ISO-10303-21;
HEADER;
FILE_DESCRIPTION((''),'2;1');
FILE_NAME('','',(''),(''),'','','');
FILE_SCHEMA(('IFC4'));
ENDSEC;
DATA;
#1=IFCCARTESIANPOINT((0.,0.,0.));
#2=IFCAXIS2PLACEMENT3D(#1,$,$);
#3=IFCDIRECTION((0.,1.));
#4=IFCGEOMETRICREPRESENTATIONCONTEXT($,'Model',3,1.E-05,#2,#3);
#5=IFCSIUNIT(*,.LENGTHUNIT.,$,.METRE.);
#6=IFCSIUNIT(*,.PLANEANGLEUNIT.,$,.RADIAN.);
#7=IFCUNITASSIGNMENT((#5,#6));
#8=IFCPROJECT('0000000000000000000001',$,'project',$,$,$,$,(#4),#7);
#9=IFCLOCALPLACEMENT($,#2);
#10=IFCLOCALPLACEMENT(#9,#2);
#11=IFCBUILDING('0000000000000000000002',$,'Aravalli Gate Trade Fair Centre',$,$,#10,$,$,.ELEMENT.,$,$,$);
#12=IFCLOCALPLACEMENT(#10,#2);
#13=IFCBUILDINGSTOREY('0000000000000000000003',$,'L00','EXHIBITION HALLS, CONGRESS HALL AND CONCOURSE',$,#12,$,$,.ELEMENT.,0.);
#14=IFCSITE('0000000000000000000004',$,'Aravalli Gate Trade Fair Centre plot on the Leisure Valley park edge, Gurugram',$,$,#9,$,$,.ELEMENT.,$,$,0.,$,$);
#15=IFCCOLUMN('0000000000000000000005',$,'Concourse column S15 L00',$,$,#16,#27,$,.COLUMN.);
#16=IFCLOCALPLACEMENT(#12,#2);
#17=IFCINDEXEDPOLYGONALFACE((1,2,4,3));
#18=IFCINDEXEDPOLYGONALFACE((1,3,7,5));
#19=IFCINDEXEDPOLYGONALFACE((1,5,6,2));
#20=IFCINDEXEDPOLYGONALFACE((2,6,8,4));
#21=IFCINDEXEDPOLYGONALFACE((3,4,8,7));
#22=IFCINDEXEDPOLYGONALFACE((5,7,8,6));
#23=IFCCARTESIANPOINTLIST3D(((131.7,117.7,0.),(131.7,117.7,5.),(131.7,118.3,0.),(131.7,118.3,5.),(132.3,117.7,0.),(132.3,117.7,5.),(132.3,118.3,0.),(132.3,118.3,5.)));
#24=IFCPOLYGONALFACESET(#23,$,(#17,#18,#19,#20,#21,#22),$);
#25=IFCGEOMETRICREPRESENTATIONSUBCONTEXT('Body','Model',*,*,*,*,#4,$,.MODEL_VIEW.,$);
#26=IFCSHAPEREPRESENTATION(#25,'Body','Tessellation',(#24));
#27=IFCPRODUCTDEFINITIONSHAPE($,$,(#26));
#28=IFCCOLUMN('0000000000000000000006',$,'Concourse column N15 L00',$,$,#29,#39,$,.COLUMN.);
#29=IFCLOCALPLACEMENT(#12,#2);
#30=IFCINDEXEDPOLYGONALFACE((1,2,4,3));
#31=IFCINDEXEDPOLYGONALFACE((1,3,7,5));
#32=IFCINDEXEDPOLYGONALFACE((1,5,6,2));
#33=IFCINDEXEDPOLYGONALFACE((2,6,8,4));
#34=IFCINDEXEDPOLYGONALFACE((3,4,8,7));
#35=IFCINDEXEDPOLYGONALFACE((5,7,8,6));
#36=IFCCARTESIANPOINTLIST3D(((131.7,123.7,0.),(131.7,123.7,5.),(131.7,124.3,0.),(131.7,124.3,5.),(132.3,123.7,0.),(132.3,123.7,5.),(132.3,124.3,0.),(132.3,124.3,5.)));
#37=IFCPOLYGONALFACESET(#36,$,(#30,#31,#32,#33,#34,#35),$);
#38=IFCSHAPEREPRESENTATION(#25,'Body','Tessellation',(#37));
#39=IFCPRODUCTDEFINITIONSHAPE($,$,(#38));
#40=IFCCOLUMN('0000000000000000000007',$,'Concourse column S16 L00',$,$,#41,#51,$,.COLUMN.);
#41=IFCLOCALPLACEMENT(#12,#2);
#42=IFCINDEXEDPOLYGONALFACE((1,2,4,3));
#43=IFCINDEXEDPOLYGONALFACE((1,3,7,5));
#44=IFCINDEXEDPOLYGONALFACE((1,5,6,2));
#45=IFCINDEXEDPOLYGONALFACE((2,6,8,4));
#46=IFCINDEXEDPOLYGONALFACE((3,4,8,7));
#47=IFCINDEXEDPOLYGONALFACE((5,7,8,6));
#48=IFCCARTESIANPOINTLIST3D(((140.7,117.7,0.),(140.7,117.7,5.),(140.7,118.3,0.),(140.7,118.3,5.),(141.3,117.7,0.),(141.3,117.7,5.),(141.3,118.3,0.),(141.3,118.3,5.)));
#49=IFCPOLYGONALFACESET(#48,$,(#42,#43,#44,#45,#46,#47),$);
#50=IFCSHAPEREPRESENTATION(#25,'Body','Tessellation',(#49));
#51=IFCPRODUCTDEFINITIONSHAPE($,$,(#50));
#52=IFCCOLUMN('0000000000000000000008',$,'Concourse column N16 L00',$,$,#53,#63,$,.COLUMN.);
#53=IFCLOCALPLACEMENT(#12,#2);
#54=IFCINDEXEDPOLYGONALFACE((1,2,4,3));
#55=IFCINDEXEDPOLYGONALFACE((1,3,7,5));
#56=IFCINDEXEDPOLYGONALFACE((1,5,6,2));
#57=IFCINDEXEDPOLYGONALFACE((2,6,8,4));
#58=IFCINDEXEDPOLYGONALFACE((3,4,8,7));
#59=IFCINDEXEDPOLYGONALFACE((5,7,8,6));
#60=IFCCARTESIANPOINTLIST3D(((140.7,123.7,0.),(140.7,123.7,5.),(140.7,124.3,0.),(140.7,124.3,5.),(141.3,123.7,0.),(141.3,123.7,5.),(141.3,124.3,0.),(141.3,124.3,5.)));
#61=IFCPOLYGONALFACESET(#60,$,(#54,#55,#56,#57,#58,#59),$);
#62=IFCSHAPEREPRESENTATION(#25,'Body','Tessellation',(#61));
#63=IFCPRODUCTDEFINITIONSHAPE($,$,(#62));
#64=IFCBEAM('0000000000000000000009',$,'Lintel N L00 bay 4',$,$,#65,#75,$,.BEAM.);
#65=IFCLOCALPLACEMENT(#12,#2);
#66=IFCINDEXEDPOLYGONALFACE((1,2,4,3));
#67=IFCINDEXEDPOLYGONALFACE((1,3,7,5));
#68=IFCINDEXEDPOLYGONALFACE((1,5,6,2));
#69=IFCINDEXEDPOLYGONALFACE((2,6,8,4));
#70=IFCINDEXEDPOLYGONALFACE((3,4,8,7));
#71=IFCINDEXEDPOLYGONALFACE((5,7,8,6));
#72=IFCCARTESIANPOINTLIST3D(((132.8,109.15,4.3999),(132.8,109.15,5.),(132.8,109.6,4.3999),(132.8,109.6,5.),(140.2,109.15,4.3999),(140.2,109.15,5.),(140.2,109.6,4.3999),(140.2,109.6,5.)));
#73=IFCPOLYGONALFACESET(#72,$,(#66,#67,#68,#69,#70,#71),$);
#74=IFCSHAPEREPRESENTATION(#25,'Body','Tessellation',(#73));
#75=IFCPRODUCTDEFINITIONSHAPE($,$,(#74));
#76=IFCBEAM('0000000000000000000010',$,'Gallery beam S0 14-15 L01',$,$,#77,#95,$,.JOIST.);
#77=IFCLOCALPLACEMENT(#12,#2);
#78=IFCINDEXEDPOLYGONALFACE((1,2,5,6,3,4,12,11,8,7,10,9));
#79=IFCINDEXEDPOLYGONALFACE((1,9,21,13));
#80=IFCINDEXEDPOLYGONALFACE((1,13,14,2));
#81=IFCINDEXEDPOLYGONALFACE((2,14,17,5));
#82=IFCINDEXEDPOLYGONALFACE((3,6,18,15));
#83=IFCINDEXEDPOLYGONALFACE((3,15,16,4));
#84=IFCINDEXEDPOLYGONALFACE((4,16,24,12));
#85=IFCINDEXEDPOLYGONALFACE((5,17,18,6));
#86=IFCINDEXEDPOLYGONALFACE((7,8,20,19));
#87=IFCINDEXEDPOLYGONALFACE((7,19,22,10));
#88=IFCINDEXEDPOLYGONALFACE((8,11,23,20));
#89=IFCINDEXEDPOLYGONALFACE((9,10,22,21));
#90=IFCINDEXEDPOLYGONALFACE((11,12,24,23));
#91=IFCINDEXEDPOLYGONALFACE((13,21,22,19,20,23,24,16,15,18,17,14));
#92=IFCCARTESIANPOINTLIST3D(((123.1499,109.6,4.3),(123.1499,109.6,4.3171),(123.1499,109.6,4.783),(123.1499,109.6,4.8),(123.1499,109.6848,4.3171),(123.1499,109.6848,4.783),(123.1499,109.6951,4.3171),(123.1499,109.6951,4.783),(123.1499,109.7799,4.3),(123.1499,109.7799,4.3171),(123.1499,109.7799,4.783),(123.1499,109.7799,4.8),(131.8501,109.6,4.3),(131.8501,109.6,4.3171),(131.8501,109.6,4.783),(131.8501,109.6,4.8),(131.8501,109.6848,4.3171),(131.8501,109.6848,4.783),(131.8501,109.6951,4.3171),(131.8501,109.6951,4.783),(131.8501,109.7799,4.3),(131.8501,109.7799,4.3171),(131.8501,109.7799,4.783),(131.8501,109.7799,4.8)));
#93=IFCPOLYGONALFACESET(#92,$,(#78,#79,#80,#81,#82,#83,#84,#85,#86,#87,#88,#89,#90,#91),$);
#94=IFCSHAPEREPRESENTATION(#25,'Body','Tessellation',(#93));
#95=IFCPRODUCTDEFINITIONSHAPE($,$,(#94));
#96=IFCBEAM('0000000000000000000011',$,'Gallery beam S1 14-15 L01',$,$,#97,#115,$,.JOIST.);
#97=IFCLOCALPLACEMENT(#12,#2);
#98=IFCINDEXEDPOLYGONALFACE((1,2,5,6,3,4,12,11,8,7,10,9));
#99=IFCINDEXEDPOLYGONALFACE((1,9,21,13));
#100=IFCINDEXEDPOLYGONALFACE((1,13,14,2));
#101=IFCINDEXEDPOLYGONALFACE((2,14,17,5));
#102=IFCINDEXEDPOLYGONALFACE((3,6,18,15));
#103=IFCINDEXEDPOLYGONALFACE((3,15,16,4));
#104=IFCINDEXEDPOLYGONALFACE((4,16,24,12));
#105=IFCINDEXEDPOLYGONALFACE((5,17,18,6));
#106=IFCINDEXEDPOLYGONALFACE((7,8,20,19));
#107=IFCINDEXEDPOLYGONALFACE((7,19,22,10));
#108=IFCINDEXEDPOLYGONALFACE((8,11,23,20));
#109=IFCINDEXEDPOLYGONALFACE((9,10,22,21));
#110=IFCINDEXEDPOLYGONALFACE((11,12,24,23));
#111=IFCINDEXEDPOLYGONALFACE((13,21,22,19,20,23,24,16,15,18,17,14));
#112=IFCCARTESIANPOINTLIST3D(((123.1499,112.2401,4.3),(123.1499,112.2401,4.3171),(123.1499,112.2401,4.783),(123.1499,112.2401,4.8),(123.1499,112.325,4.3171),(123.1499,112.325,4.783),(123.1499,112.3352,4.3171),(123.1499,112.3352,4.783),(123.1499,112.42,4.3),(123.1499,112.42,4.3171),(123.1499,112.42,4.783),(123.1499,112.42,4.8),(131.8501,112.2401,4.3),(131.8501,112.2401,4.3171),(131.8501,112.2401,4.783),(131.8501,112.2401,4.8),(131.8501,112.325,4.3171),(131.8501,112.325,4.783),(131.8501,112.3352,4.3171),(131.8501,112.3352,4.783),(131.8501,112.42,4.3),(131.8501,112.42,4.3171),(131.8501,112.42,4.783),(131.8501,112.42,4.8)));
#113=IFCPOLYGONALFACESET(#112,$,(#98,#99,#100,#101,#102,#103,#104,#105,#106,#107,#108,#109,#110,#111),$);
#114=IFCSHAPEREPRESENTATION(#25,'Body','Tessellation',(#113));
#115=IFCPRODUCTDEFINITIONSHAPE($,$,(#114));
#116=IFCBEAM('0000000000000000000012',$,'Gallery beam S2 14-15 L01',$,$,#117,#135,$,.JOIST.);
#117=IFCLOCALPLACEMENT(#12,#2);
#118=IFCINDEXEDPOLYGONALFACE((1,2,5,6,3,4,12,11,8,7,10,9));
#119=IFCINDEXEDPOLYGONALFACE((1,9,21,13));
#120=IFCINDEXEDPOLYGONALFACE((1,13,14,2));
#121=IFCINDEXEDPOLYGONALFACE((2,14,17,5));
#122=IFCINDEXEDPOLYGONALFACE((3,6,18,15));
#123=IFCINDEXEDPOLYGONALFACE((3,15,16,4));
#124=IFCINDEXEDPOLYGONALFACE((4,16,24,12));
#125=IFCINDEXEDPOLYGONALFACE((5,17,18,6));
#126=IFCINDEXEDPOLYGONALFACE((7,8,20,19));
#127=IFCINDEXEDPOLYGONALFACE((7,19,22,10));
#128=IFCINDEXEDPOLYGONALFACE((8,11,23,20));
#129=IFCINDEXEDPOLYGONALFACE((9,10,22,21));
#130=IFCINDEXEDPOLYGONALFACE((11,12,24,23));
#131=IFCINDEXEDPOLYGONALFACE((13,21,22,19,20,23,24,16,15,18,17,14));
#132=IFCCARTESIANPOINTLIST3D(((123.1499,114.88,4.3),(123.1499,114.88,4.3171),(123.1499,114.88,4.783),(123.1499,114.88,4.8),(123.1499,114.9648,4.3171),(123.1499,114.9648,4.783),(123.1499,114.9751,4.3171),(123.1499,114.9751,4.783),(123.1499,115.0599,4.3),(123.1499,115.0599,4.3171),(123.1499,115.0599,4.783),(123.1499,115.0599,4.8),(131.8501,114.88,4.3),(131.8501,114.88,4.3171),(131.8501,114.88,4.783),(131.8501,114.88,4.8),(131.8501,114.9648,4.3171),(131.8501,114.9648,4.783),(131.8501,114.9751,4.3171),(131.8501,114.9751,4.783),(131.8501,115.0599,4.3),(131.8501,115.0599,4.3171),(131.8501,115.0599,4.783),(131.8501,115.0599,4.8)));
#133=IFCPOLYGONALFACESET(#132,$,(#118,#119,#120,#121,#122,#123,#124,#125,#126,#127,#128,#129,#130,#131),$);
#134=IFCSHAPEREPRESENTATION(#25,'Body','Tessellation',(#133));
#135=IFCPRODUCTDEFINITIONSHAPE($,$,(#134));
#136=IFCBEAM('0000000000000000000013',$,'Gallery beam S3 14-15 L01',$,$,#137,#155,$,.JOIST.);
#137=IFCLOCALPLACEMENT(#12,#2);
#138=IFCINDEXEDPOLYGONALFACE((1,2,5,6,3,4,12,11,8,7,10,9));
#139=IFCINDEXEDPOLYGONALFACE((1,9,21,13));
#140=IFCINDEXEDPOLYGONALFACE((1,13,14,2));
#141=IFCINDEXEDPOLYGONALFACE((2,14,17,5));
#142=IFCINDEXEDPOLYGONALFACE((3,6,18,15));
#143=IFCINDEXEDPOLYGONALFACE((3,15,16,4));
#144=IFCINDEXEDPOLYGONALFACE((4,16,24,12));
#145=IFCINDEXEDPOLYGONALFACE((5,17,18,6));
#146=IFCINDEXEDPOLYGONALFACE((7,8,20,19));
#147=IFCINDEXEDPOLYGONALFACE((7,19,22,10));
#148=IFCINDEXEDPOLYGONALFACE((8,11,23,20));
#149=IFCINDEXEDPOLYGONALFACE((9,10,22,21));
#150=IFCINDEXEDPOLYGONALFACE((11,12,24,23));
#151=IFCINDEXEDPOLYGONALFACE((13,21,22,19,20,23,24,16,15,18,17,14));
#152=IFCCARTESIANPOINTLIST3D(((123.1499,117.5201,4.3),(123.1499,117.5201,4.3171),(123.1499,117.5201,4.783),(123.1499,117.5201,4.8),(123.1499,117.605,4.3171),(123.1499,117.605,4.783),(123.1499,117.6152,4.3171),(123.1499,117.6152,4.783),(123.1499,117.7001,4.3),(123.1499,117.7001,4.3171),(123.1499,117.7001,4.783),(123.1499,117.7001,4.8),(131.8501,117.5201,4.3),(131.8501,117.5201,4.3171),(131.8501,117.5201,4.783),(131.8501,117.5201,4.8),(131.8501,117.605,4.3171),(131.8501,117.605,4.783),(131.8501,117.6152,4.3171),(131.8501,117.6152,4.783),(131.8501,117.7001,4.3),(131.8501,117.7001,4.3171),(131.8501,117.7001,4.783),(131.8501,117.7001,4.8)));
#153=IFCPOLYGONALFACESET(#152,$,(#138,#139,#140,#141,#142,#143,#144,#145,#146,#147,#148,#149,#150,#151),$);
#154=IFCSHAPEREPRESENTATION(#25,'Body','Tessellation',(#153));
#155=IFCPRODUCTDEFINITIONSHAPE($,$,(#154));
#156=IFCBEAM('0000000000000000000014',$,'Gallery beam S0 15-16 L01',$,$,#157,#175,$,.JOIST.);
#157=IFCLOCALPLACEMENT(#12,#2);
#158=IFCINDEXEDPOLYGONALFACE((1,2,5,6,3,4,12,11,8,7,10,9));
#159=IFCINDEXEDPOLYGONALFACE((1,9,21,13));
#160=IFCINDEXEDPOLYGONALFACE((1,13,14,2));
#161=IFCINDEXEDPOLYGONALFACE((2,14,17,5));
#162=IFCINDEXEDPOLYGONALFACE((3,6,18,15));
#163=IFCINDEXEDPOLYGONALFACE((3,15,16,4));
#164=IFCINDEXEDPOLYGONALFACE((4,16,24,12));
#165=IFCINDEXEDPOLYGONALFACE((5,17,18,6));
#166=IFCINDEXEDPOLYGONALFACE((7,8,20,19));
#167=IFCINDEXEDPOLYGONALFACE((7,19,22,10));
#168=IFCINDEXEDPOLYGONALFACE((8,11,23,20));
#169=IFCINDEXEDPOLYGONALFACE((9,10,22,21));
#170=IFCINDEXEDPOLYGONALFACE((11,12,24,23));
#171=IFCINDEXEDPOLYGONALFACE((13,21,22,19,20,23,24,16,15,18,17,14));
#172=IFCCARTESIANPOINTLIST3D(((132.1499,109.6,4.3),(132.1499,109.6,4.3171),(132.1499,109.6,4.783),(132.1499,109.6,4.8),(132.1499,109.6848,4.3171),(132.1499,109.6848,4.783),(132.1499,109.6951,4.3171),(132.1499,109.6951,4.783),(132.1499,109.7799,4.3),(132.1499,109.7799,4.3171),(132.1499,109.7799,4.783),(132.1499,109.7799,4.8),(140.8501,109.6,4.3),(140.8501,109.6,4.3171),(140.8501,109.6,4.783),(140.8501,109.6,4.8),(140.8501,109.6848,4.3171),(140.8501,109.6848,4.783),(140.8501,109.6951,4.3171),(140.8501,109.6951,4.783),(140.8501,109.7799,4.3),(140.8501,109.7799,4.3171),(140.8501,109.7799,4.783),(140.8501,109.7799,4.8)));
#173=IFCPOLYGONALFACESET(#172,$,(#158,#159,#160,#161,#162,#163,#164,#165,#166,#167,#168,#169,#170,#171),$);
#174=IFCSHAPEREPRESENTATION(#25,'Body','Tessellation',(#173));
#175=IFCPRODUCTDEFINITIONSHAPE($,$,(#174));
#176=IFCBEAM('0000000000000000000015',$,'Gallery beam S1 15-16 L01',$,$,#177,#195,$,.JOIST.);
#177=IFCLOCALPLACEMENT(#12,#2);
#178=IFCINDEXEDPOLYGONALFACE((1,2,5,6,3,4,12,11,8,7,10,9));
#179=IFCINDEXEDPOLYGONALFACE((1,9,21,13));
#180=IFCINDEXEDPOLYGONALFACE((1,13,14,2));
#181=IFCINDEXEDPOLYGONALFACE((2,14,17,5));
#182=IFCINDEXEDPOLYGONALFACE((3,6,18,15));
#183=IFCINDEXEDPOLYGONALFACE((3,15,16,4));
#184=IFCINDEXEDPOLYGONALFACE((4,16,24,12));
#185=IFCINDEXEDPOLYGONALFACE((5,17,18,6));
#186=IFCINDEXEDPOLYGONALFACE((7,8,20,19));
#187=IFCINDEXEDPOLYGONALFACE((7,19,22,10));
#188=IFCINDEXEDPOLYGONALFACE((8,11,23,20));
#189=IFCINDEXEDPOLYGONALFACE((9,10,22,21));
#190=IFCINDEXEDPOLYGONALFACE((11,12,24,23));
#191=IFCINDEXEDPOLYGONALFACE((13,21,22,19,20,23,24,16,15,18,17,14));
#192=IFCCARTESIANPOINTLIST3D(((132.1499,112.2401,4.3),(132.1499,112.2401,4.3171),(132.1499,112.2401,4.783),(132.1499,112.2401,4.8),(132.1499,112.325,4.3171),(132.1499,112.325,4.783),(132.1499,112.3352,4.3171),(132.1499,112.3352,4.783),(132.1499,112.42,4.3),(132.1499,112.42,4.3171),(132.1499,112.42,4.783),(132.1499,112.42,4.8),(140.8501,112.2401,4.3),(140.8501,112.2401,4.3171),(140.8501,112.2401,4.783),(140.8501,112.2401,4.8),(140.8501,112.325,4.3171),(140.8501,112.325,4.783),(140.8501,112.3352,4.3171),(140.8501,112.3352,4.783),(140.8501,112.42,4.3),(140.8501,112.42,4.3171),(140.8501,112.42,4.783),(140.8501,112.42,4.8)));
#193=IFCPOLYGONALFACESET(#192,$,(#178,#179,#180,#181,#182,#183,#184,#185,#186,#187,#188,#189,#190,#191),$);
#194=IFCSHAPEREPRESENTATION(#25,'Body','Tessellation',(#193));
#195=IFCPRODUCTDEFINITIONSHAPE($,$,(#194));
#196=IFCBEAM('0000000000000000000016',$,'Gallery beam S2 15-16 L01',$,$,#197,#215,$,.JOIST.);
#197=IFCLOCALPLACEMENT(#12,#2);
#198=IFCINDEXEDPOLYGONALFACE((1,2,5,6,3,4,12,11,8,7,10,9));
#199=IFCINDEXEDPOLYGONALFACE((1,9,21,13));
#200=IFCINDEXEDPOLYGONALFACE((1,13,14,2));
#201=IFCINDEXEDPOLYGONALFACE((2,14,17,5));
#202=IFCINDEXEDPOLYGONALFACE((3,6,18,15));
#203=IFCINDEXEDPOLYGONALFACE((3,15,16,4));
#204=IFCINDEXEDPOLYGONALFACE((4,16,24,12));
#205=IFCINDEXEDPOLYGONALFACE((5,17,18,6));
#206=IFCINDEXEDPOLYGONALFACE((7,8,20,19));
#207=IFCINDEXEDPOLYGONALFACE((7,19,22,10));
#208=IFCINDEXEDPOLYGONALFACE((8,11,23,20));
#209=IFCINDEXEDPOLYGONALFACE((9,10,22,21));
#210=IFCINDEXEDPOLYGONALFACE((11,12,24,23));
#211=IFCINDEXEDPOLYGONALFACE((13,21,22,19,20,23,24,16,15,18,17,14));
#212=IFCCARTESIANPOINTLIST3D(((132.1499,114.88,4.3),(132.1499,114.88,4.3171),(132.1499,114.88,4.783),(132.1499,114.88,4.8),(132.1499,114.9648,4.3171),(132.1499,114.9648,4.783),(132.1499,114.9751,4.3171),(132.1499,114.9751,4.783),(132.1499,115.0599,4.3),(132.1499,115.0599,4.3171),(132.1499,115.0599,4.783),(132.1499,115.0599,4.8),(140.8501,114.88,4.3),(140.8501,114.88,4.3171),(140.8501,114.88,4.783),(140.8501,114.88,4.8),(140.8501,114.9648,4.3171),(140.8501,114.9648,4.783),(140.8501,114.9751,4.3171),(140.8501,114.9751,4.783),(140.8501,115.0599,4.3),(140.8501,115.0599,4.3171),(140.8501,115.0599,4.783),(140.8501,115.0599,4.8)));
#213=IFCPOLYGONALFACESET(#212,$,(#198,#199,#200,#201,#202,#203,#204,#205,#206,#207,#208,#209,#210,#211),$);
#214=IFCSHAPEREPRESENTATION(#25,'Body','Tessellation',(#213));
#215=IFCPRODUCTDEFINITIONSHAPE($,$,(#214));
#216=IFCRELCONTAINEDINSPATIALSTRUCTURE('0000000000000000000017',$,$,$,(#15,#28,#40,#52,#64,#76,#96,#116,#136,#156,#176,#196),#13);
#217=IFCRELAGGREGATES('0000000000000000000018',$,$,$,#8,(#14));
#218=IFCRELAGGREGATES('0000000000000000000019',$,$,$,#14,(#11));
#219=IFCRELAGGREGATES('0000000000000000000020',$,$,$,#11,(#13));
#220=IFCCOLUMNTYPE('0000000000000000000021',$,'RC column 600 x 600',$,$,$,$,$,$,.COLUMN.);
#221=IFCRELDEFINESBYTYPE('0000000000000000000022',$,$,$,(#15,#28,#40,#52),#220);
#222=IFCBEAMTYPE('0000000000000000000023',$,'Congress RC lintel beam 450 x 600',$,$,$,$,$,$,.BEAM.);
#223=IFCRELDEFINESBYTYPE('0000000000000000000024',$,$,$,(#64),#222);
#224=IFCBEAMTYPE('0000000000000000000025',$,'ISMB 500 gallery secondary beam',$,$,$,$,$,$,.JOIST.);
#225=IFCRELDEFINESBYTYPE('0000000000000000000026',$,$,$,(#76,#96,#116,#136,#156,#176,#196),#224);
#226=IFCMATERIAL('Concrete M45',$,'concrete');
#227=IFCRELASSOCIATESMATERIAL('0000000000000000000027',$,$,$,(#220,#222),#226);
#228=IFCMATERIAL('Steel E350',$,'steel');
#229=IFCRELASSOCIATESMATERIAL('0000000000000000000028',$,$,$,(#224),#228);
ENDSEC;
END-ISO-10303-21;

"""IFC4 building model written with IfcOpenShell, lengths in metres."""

from ifc_helpers import new_model, si_unit, direction, frame, origin, origin_2d, place, context, subcontext, project, spatial, rectangle, i_section, extrude, material, material_profile, profile_set, type_object, element, save


model = new_model("IFC4")

# Units and contexts
model_context = context("Model", 3, precision=1e-05, world=origin(), true_north=direction((0.0, 1.0)))
body_context = subcontext(model_context, "Body", "Model", "MODEL_VIEW")
ifc_project = project(units=[si_unit("LENGTHUNIT", "METRE"), si_unit("PLANEANGLEUNIT", "RADIAN")], contexts=[model_context])

# Site, building, storey
site_placement = place(None, origin())
site = spatial("IfcSite", under=ifc_project, at=site_placement, Name="Aravalli Gate Trade Fair Centre plot on the Leisure Valley park edge, Gurugram", CompositionType="ELEMENT", RefElevation=0.0)
building_placement = place(site_placement, origin())
building = spatial("IfcBuilding", under=site, at=building_placement, Name="Aravalli Gate Trade Fair Centre", CompositionType="ELEMENT")
storey_placement = place(building_placement, origin())
storey = spatial("IfcBuildingStorey", under=building, at=storey_placement, Name="L00", Description="EXHIBITION HALLS, CONGRESS HALL AND CONCOURSE", CompositionType="ELEMENT", Elevation=0.0)

# Columns
ifc_material_1 = material(Name="Concrete M45", Category="concrete")
ifc_material_profile_1 = material_profile(ifc_material_1, rectangle(XDim=0.6001, YDim=0.6001, at=origin_2d()), Name="RC column 600 x 600")
ifc_profile_set_1 = profile_set([ifc_material_profile_1], Name="Concrete M45")
column_type = type_object("IfcColumnType", Name="RC column 600 x 600", PredefinedType="COLUMN", material=ifc_profile_set_1)
for number, where, z_axis, x_axis, name in (
    (1, (132.0, 118.0, 0.0), (0.0, 0.0, 1.0), (1.0, 0.0, 0.0), "Concourse column S15 L00"),
    (2, (132.0, 124.0, 0.0), (0.0, 0.0, 1.0), (1.0, 0.0, 0.0), "Concourse column N15 L00"),
    (3, (141.0, 118.0, 0.0), (0.0, 0.0, 1.0), (1.0, 0.0, 0.0), "Concourse column S16 L00"),
    (4, (141.0, 124.0, 0.0), (0.0, 0.0, 1.0), (1.0, 0.0, 0.0), "Concourse column N16 L00"),
):
    element("IfcColumn", number, at=place(storey_placement, frame(where, z_axis=z_axis, x_axis=x_axis)), inside=storey, type_object=column_type, Name=name, PredefinedType="COLUMN", context=body_context, shape_type="SweptSolid", body=[
        extrude(rectangle(XDim=0.6001, YDim=0.6001, at=origin_2d()), origin(), (0.0, 0.0, 1.0), 5.0),
    ])

# Beams
ifc_material_profile_2 = material_profile(ifc_material_1, rectangle(XDim=0.45, YDim=0.6001, at=origin_2d()), Name="RC 450x600")
ifc_profile_set_2 = profile_set([ifc_material_profile_2], Name="Concrete M45")
beam_type_1 = type_object("IfcBeamType", Name="Congress RC lintel beam 450 x 600", PredefinedType="BEAM", material=ifc_profile_set_2)
beam_1_placement = place(storey_placement, frame((132.8, 109.375, 4.7), z_axis=(1.0, 0.0, 0.0), x_axis=(0.0, 1.0, 0.0)))
element("IfcBeam", 5, at=beam_1_placement, inside=storey, type_object=beam_type_1, Name="Lintel N L00 bay 4", PredefinedType="BEAM", context=body_context, shape_type="SweptSolid", body=[
    extrude(rectangle(XDim=0.45, YDim=0.6001, at=origin_2d()), origin(), (0.0, 0.0, 1.0), 7.3999),
])
ifc_material_2 = material(Name="Steel E350", Category="steel")
ifc_material_profile_3 = material_profile(ifc_material_2, i_section(OverallWidth=0.1799, OverallDepth=0.5, WebThickness=0.0103, FlangeThickness=0.0171, at=origin_2d()), Name="ISMB 500")
ifc_profile_set_3 = profile_set([ifc_material_profile_3], Name="Steel E350")
beam_type_2 = type_object("IfcBeamType", Name="ISMB 500 gallery secondary beam", PredefinedType="JOIST", material=ifc_profile_set_3)
for number, where, z_axis, x_axis, name in (
    (6, (123.1499, 109.6899, 4.55), (1.0, 0.0, 0.0), (0.0, 1.0, 0.0), "Gallery beam S0 14-15 L01"),
    (7, (123.1499, 112.3301, 4.55), (1.0, 0.0, 0.0), (0.0, 1.0, 0.0), "Gallery beam S1 14-15 L01"),
    (8, (123.1499, 114.97, 4.55), (1.0, 0.0, 0.0), (0.0, 1.0, 0.0), "Gallery beam S2 14-15 L01"),
    (9, (123.1499, 117.6101, 4.55), (1.0, 0.0, 0.0), (0.0, 1.0, 0.0), "Gallery beam S3 14-15 L01"),
    (10, (132.1499, 109.6899, 4.55), (1.0, 0.0, 0.0), (0.0, 1.0, 0.0), "Gallery beam S0 15-16 L01"),
    (11, (132.1499, 112.3301, 4.55), (1.0, 0.0, 0.0), (0.0, 1.0, 0.0), "Gallery beam S1 15-16 L01"),
    (12, (132.1499, 114.97, 4.55), (1.0, 0.0, 0.0), (0.0, 1.0, 0.0), "Gallery beam S2 15-16 L01"),
):
    element("IfcBeam", number, at=place(storey_placement, frame(where, z_axis=z_axis, x_axis=x_axis)), inside=storey, type_object=beam_type_2, Name=name, PredefinedType="JOIST", context=body_context, shape_type="SweptSolid", body=[
        extrude(i_section(OverallWidth=0.1799, OverallDepth=0.5, WebThickness=0.0103, FlangeThickness=0.0171, at=origin_2d()), origin(), (0.0, 0.0, 1.0), 8.7002),
    ])

save(model, "model.ifc")
